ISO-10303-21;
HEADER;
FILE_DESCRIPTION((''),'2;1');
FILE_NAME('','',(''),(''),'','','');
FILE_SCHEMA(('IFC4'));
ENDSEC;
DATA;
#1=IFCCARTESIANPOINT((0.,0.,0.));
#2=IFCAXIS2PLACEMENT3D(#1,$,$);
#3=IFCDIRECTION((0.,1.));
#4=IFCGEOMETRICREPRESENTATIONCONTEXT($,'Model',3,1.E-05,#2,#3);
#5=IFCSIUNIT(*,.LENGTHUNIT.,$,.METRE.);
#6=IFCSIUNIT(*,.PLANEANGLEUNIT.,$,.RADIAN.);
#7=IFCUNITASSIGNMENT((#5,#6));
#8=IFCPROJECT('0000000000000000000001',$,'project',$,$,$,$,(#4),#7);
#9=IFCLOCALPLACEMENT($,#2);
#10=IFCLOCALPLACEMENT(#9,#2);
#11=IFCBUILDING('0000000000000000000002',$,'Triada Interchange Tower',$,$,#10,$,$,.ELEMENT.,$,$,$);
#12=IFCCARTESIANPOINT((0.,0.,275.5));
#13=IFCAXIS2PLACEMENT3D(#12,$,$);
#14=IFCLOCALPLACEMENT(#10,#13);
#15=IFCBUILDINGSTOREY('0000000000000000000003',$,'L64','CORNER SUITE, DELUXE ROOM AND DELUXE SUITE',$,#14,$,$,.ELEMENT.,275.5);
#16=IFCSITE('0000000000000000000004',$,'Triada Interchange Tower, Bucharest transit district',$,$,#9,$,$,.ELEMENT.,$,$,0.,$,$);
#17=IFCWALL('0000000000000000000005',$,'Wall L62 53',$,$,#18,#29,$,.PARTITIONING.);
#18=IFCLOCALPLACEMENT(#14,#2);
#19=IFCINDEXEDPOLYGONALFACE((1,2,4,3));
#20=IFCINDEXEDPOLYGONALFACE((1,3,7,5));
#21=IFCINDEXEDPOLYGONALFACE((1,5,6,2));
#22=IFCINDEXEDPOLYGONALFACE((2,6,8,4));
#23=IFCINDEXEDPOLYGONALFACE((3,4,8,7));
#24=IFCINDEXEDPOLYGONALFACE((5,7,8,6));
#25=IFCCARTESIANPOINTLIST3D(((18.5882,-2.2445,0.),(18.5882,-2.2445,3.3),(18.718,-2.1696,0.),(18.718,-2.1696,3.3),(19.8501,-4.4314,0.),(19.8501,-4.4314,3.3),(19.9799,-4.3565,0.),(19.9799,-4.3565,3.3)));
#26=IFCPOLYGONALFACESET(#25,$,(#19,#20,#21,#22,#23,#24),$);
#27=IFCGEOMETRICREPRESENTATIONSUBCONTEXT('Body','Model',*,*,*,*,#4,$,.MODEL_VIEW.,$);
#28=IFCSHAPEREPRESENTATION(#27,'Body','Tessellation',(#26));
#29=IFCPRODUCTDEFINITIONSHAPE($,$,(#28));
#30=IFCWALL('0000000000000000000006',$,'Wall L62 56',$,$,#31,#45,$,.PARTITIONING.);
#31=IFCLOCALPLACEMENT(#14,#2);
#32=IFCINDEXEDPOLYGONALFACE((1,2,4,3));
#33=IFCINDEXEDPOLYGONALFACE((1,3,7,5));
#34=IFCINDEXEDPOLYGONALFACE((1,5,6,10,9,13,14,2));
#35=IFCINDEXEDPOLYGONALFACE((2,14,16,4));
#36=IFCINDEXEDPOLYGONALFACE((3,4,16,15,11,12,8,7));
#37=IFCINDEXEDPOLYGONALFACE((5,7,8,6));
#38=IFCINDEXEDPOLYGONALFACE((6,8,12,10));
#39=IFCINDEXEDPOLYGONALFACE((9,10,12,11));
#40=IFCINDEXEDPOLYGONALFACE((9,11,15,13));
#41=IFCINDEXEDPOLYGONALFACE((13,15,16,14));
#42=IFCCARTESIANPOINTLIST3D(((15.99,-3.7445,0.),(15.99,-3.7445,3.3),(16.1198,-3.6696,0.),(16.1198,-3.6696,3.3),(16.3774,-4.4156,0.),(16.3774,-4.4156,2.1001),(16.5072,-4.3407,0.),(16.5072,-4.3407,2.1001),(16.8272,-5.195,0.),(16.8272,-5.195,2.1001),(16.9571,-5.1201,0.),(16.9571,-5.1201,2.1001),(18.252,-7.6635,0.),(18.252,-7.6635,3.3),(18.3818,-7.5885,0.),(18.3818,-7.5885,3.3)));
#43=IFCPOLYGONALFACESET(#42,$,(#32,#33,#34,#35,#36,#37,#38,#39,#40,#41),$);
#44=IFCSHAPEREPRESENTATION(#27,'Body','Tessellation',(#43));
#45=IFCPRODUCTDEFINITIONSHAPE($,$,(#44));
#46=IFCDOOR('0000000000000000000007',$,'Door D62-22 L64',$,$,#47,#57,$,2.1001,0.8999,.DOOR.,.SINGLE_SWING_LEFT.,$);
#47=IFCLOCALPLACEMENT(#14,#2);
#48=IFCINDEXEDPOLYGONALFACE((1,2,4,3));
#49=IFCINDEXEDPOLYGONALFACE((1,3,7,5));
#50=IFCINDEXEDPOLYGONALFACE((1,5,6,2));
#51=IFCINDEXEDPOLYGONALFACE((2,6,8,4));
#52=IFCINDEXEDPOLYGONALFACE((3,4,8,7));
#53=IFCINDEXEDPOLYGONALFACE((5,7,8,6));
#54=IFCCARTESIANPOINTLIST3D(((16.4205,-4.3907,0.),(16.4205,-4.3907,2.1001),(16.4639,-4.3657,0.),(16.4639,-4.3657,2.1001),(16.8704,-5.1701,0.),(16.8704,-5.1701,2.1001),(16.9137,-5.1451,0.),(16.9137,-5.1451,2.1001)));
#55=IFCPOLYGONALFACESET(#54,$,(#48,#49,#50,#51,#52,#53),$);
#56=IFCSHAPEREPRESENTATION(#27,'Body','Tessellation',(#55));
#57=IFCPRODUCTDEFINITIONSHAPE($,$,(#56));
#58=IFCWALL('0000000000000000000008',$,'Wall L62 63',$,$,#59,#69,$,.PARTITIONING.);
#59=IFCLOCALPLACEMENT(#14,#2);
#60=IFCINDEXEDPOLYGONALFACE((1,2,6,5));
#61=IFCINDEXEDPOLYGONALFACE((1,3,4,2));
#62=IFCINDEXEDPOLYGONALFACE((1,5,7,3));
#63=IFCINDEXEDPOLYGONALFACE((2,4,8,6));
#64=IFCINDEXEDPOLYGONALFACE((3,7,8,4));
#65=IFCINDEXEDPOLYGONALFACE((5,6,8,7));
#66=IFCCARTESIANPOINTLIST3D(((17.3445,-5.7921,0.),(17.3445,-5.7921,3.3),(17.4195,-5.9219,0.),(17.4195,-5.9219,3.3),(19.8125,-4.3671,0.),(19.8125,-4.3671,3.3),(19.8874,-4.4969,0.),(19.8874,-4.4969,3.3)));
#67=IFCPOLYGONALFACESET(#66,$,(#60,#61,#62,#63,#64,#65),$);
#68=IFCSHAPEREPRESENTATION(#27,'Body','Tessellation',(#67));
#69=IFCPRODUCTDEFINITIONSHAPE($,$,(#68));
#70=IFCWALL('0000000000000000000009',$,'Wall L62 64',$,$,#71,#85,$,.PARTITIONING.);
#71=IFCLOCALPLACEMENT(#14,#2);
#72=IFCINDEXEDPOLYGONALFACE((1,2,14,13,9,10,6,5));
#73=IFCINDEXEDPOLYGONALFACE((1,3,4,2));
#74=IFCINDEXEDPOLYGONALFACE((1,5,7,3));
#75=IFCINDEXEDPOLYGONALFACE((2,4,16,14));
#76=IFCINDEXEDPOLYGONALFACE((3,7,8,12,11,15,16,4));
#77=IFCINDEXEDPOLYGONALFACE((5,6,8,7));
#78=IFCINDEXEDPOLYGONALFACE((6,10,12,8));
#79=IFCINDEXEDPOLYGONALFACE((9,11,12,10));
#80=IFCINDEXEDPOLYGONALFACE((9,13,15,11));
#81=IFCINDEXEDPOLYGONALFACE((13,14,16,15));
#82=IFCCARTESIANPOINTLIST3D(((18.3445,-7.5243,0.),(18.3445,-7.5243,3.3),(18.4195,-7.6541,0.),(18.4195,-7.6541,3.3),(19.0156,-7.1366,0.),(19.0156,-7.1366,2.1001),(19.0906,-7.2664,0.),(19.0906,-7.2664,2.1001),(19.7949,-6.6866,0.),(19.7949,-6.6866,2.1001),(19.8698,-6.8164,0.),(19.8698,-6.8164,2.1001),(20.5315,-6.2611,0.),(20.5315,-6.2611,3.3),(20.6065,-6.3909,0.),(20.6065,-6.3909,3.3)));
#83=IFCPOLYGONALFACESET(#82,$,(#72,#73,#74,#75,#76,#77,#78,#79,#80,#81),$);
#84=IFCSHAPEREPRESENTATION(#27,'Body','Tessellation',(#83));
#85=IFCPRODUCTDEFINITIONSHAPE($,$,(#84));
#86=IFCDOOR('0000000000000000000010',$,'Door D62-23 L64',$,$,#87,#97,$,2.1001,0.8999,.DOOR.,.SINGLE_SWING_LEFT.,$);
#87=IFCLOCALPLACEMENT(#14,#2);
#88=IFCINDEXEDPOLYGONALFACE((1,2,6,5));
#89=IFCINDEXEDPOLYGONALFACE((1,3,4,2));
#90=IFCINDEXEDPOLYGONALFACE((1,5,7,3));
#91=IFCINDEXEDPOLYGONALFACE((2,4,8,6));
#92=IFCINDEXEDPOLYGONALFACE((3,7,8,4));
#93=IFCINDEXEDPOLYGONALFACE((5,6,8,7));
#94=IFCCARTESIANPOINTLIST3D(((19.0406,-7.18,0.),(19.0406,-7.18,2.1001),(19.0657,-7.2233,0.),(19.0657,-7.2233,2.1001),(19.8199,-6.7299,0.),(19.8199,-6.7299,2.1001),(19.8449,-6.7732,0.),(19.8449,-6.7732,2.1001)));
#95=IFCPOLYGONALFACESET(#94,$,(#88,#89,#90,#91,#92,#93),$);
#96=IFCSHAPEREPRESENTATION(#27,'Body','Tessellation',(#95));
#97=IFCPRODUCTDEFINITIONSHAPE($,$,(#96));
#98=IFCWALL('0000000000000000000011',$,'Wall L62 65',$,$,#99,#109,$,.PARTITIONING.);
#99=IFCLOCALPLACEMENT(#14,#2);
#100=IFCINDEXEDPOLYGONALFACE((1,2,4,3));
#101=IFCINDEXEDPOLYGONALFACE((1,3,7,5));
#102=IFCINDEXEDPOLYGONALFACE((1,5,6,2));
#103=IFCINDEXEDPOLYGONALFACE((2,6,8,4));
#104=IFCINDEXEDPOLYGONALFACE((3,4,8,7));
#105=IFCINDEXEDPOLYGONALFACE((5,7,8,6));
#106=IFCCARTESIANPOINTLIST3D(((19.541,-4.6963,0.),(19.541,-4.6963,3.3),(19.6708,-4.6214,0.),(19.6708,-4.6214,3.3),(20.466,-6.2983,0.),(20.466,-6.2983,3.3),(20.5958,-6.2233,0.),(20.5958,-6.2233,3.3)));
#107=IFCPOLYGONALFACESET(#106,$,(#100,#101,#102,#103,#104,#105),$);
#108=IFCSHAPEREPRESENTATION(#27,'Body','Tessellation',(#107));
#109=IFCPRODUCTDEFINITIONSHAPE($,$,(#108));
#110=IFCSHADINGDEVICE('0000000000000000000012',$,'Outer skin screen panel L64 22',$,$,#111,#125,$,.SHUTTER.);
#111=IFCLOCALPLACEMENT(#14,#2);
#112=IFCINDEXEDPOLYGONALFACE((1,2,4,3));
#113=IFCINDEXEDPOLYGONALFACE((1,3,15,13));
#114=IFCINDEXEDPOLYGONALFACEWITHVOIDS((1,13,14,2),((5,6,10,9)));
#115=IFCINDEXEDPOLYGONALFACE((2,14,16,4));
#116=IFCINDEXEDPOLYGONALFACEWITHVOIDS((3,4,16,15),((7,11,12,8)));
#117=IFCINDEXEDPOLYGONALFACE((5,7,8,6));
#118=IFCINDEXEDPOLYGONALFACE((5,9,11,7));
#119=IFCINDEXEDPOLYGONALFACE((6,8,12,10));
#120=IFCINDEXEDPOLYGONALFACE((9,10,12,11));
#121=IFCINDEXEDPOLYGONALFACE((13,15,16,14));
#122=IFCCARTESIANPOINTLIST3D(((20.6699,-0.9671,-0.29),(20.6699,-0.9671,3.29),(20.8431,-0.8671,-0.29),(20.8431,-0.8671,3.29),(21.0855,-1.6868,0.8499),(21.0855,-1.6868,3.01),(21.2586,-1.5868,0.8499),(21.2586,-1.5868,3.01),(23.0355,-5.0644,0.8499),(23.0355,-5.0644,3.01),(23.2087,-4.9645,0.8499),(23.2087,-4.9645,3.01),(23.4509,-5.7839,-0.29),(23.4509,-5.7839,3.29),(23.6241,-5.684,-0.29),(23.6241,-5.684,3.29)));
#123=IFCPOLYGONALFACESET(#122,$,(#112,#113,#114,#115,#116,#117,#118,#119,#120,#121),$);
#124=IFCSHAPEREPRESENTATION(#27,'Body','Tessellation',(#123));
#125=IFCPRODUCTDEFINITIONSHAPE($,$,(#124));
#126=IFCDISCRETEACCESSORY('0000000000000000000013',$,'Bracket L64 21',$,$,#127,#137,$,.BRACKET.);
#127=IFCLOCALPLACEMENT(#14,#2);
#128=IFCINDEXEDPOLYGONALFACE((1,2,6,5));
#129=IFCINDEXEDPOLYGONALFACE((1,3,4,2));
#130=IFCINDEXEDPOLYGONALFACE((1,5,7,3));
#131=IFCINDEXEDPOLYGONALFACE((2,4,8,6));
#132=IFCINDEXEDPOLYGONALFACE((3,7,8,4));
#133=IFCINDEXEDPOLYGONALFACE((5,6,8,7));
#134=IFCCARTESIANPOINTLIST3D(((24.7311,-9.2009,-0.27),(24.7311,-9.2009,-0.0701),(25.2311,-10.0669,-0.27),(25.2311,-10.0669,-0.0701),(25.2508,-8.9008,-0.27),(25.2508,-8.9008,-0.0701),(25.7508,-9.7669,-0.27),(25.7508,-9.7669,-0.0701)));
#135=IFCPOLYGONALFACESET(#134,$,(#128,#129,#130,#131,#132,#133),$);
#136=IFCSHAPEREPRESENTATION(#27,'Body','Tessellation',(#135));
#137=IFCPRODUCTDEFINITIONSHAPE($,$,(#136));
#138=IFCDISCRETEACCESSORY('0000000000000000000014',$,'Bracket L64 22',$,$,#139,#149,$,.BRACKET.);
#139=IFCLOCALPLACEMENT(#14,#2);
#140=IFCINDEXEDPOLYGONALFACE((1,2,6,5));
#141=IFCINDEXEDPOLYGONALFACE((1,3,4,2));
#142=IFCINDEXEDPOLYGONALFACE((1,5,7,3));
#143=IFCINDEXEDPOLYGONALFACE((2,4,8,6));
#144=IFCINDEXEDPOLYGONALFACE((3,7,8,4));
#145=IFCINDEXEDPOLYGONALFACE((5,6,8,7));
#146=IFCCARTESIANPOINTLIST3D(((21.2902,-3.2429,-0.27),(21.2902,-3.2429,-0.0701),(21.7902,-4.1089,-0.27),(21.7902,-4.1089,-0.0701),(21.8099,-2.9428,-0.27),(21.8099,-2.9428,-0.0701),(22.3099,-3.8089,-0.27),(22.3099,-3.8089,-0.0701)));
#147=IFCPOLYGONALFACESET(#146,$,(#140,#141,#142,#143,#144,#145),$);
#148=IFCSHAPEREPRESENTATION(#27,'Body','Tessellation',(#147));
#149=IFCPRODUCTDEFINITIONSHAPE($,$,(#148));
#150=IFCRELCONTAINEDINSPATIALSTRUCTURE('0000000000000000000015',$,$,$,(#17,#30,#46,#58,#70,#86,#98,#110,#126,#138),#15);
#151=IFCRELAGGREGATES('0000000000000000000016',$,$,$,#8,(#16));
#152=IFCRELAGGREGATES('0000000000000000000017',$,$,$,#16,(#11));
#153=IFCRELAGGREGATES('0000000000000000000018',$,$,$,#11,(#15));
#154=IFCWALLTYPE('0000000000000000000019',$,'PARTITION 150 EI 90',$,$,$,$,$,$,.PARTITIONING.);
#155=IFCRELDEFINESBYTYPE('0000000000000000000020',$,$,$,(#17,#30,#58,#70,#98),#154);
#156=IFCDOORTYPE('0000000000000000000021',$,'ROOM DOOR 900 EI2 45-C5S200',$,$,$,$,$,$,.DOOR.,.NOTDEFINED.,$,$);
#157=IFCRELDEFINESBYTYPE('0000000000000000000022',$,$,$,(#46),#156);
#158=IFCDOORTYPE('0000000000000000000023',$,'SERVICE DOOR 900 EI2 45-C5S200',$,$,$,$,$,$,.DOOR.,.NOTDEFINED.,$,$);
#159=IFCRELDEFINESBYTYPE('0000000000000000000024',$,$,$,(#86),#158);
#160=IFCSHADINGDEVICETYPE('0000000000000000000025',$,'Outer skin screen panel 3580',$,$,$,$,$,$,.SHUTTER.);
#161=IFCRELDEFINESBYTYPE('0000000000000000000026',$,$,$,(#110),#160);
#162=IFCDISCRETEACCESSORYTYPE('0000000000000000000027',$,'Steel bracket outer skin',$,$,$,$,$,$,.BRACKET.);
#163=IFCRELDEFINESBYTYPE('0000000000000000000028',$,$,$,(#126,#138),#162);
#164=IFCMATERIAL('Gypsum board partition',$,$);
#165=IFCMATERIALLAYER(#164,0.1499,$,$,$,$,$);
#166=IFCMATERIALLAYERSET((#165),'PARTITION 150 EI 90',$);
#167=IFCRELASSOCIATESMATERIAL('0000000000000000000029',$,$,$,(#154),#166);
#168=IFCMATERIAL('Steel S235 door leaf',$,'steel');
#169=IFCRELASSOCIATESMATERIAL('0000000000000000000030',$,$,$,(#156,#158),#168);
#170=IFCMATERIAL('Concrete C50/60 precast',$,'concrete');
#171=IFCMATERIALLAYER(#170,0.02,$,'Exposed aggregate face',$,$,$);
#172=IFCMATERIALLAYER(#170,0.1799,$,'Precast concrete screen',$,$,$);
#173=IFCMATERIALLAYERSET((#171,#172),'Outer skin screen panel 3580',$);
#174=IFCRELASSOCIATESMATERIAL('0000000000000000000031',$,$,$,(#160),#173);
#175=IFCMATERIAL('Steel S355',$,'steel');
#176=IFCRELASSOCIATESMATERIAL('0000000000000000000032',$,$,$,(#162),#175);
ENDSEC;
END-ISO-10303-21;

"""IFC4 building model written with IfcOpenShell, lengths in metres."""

from ifc_helpers import new_model, si_unit, direction, frame, frame_2d, origin, origin_2d, place, context, subcontext, project, spatial, polyline, rectangle, outline, extrude, material, layer, layer_set, type_object, element, fill, save


model = new_model("IFC4")

# Units and contexts
model_context = context("Model", 3, precision=1e-05, world=origin(), true_north=direction((0.0, 1.0)))
body_context = subcontext(model_context, "Body", "Model", "MODEL_VIEW")
ifc_project = project(units=[si_unit("LENGTHUNIT", "METRE"), si_unit("PLANEANGLEUNIT", "RADIAN")], contexts=[model_context])

# Site, building, storey
site_placement = place(None, origin())
site = spatial("IfcSite", under=ifc_project, at=site_placement, Name="Triada Interchange Tower, Bucharest transit district", CompositionType="ELEMENT", RefElevation=0.0)
building_placement = place(site_placement, origin())
building = spatial("IfcBuilding", under=site, at=building_placement, Name="Triada Interchange Tower", CompositionType="ELEMENT")
storey_placement = place(building_placement, frame((0.0, 0.0, 275.5)))
storey = spatial("IfcBuildingStorey", under=building, at=storey_placement, Name="L64", Description="CORNER SUITE, DELUXE ROOM AND DELUXE SUITE", CompositionType="ELEMENT", Elevation=275.5)

# Wall
ifc_material_1 = material(Name="Gypsum board partition")
ifc_layer_1 = layer(ifc_material_1, 0.1499)
ifc_layer_set_1 = layer_set([ifc_layer_1], Name="PARTITION 150 EI 90")
wall_type_1 = type_object("IfcWallType", Name="PARTITION 150 EI 90", PredefinedType="PARTITIONING", material=ifc_layer_set_1)
wall_1_placement = place(storey_placement, frame((18.6531, -2.207, 0.0), z_axis=(0.0, 0.0, 1.0), x_axis=(0.499789, -0.866147, 0.0)))
element("IfcWall", 1, at=wall_1_placement, inside=storey, type_object=wall_type_1, Name="Wall L62 53", PredefinedType="PARTITIONING", context=body_context, shape_type="SweptSolid", body=[
    extrude(rectangle(XDim=2.5249, YDim=0.1499, at=frame_2d((1.2625, 0.0))), origin(), (0.0, 0.0, 1.0), 3.3),
])

# Wall, opening, door
wall_2_placement = place(storey_placement, frame((16.0549, -3.707, 0.0), z_axis=(0.0, 0.0, 1.0), x_axis=(0.499894, -0.866087, 0.0)))
wall_2 = element("IfcWall", 2, at=wall_2_placement, inside=storey, type_object=wall_type_1, Name="Wall L62 56", PredefinedType="PARTITIONING", context=body_context, shape_type="SweptSolid", body=[
    extrude(rectangle(XDim=4.5249, YDim=0.1499, at=frame_2d((2.2625, 0.0))), origin(), (0.0, 0.0, 1.0), 3.3),
])
opening_1_placement = place(wall_2_placement, frame((0.7749, 0.0, 0.0)))
opening_1 = element("IfcOpeningElement", 3, at=opening_1_placement, cuts=wall_2, PredefinedType="OPENING", context=body_context, shape_type="SweptSolid", body=[
    extrude(rectangle(XDim=0.8999, YDim=2.1001, at=frame_2d((0.45, 1.05))), frame((0.0, 0.085, 0.0), z_axis=(0.0, -1.0, 0.0), x_axis=(1.0, 0.0, 0.0)), (0.0, 0.0, 1.0), 0.1699),
])
ifc_material_2 = material(Name="Steel S235 door leaf", Category="steel")
door_type_1 = type_object("IfcDoorType", Name="ROOM DOOR 900 EI2 45-C5S200", OperationType="NOTDEFINED", PredefinedType="DOOR", material=ifc_material_2)
door_1_placement = place(opening_1_placement, origin())
door_1 = element("IfcDoor", 4, at=door_1_placement, inside=storey, type_object=door_type_1, Name="Door D62-22 L64", OperationType="SINGLE_SWING_LEFT", OverallHeight=2.1001, OverallWidth=0.8999, PredefinedType="DOOR", context=body_context, shape_type="SweptSolid", body=[
    extrude(rectangle(XDim=0.8999, YDim=2.1001, at=frame_2d((0.45, 1.05))), frame((0.0, 0.0249, 0.0), z_axis=(0.0, -1.0, 0.0), x_axis=(1.0, 0.0, 0.0)), (0.0, 0.0, 1.0), 0.05),
])
fill(opening_1, door_1)

# Wall
wall_3_placement = place(storey_placement, frame((17.3821, -5.8569, 0.0), z_axis=(0.0, 0.0, 1.0), x_axis=(0.866004, 0.500036, 0.0)))
element("IfcWall", 5, at=wall_3_placement, inside=storey, type_object=wall_type_1, Name="Wall L62 63", PredefinedType="PARTITIONING", context=body_context, shape_type="SweptSolid", body=[
    extrude(rectangle(XDim=2.8499, YDim=0.1499, at=frame_2d((1.4248, 0.0))), origin(), (0.0, 0.0, 1.0), 3.3),
])

# Wall, opening, door
wall_4_placement = place(storey_placement, frame((18.3821, -7.5891, 0.0), z_axis=(0.0, 0.0, 1.0), x_axis=(0.865938, 0.500152, 0.0)))
wall_4 = element("IfcWall", 6, at=wall_4_placement, inside=storey, type_object=wall_type_1, Name="Wall L62 64", PredefinedType="PARTITIONING", context=body_context, shape_type="SweptSolid", body=[
    extrude(rectangle(XDim=2.5256, YDim=0.1499, at=frame_2d((1.2627, 0.0))), origin(), (0.0, 0.0, 1.0), 3.3),
])
opening_2_placement = place(wall_4_placement, frame((0.7749, 0.0, 0.0)))
opening_2 = element("IfcOpeningElement", 7, at=opening_2_placement, cuts=wall_4, PredefinedType="OPENING", context=body_context, shape_type="SweptSolid", body=[
    extrude(rectangle(XDim=0.8999, YDim=2.1001, at=frame_2d((0.45, 1.05))), frame((0.0, 0.085, 0.0), z_axis=(0.0, -1.0, 0.0), x_axis=(1.0, 0.0, 0.0)), (0.0, 0.0, 1.0), 0.1699),
])
door_type_2 = type_object("IfcDoorType", Name="SERVICE DOOR 900 EI2 45-C5S200", OperationType="NOTDEFINED", PredefinedType="DOOR", material=ifc_material_2)
door_2_placement = place(opening_2_placement, origin())
door_2 = element("IfcDoor", 8, at=door_2_placement, inside=storey, type_object=door_type_2, Name="Door D62-23 L64", OperationType="SINGLE_SWING_LEFT", OverallHeight=2.1001, OverallWidth=0.8999, PredefinedType="DOOR", context=body_context, shape_type="SweptSolid", body=[
    extrude(rectangle(XDim=0.8999, YDim=2.1001, at=frame_2d((0.45, 1.05))), frame((0.0, 0.0249, 0.0), z_axis=(0.0, -1.0, 0.0), x_axis=(1.0, 0.0, 0.0)), (0.0, 0.0, 1.0), 0.05),
])
fill(opening_2, door_2)

# Wall
wall_5_placement = place(storey_placement, frame((19.606, -4.6589, 0.0), z_axis=(0.0, 0.0, 1.0), x_axis=(0.500042, -0.866001, 0.0)))
element("IfcWall", 9, at=wall_5_placement, inside=storey, type_object=wall_type_1, Name="Wall L62 65", PredefinedType="PARTITIONING", context=body_context, shape_type="SweptSolid", body=[
    extrude(rectangle(XDim=1.8499, YDim=0.1499, at=frame_2d((0.9248, 0.0))), origin(), (0.0, 0.0, 1.0), 3.3),
])

# Shading device
ifc_material_3 = material(Name="Concrete C50/60 precast", Category="concrete")
ifc_layer_2 = layer(ifc_material_3, 0.02, Name="Exposed aggregate face")
ifc_layer_3 = layer(ifc_material_3, 0.1799, Name="Precast concrete screen")
ifc_layer_set_2 = layer_set([ifc_layer_2, ifc_layer_3], Name="Outer skin screen panel 3580")
shading_device_type = type_object("IfcShadingDeviceType", Name="Outer skin screen panel 3580", PredefinedType="SHUTTER", material=ifc_layer_set_2)
shading_device_placement = place(storey_placement, frame((23.4509, -5.7839, -0.29), z_axis=(0.0, 0.0, 1.0), x_axis=(-0.499996, 0.866028, 0.0)))
element("IfcShadingDevice", 10, at=shading_device_placement, inside=storey, type_object=shading_device_type, Name="Outer skin screen panel L64 22", PredefinedType="SHUTTER", context=body_context, shape_type="SweptSolid", body=[
    extrude(outline(polyline([(0.0, 0.0), (5.562, 0.0), (5.562, 3.5801), (0.0, 3.5801), (0.0, 0.0)]), holes=[polyline([(0.8308, 1.1399), (0.8308, 3.3), (4.731, 3.3), (4.731, 1.1399), (0.8308, 1.1399)])]), frame((0.0, 0.0, 0.0), z_axis=(0.0, -1.0, 0.0), x_axis=(1.0, 0.0, 0.0)), (0.0, 0.0, 1.0), 0.2),
])

# Discrete accessories
ifc_material_4 = material(Name="Steel S355", Category="steel")
discrete_accessory_type = type_object("IfcDiscreteAccessoryType", Name="Steel bracket outer skin", PredefinedType="BRACKET", material=ifc_material_4)
for number, where, z_axis, x_axis, name in (
    (11, (25.241, -9.4839, -0.27), (0.0, 0.0, 1.0), (0.866029, 0.499994, 0.0), "Bracket L64 21"),
    (12, (21.8, -3.5259, -0.27), (0.0, 0.0, 1.0), (0.866029, 0.499994, 0.0), "Bracket L64 22"),
):
    element("IfcDiscreteAccessory", number, at=place(storey_placement, frame(where, z_axis=z_axis, x_axis=x_axis)), inside=storey, type_object=discrete_accessory_type, Name=name, PredefinedType="BRACKET", context=body_context, shape_type="SweptSolid", body=[
        extrude(rectangle(XDim=0.6001, YDim=1.0, at=origin_2d()), origin(), (0.0, 0.0, 1.0), 0.2),
    ])

save(model, "model.ifc")
